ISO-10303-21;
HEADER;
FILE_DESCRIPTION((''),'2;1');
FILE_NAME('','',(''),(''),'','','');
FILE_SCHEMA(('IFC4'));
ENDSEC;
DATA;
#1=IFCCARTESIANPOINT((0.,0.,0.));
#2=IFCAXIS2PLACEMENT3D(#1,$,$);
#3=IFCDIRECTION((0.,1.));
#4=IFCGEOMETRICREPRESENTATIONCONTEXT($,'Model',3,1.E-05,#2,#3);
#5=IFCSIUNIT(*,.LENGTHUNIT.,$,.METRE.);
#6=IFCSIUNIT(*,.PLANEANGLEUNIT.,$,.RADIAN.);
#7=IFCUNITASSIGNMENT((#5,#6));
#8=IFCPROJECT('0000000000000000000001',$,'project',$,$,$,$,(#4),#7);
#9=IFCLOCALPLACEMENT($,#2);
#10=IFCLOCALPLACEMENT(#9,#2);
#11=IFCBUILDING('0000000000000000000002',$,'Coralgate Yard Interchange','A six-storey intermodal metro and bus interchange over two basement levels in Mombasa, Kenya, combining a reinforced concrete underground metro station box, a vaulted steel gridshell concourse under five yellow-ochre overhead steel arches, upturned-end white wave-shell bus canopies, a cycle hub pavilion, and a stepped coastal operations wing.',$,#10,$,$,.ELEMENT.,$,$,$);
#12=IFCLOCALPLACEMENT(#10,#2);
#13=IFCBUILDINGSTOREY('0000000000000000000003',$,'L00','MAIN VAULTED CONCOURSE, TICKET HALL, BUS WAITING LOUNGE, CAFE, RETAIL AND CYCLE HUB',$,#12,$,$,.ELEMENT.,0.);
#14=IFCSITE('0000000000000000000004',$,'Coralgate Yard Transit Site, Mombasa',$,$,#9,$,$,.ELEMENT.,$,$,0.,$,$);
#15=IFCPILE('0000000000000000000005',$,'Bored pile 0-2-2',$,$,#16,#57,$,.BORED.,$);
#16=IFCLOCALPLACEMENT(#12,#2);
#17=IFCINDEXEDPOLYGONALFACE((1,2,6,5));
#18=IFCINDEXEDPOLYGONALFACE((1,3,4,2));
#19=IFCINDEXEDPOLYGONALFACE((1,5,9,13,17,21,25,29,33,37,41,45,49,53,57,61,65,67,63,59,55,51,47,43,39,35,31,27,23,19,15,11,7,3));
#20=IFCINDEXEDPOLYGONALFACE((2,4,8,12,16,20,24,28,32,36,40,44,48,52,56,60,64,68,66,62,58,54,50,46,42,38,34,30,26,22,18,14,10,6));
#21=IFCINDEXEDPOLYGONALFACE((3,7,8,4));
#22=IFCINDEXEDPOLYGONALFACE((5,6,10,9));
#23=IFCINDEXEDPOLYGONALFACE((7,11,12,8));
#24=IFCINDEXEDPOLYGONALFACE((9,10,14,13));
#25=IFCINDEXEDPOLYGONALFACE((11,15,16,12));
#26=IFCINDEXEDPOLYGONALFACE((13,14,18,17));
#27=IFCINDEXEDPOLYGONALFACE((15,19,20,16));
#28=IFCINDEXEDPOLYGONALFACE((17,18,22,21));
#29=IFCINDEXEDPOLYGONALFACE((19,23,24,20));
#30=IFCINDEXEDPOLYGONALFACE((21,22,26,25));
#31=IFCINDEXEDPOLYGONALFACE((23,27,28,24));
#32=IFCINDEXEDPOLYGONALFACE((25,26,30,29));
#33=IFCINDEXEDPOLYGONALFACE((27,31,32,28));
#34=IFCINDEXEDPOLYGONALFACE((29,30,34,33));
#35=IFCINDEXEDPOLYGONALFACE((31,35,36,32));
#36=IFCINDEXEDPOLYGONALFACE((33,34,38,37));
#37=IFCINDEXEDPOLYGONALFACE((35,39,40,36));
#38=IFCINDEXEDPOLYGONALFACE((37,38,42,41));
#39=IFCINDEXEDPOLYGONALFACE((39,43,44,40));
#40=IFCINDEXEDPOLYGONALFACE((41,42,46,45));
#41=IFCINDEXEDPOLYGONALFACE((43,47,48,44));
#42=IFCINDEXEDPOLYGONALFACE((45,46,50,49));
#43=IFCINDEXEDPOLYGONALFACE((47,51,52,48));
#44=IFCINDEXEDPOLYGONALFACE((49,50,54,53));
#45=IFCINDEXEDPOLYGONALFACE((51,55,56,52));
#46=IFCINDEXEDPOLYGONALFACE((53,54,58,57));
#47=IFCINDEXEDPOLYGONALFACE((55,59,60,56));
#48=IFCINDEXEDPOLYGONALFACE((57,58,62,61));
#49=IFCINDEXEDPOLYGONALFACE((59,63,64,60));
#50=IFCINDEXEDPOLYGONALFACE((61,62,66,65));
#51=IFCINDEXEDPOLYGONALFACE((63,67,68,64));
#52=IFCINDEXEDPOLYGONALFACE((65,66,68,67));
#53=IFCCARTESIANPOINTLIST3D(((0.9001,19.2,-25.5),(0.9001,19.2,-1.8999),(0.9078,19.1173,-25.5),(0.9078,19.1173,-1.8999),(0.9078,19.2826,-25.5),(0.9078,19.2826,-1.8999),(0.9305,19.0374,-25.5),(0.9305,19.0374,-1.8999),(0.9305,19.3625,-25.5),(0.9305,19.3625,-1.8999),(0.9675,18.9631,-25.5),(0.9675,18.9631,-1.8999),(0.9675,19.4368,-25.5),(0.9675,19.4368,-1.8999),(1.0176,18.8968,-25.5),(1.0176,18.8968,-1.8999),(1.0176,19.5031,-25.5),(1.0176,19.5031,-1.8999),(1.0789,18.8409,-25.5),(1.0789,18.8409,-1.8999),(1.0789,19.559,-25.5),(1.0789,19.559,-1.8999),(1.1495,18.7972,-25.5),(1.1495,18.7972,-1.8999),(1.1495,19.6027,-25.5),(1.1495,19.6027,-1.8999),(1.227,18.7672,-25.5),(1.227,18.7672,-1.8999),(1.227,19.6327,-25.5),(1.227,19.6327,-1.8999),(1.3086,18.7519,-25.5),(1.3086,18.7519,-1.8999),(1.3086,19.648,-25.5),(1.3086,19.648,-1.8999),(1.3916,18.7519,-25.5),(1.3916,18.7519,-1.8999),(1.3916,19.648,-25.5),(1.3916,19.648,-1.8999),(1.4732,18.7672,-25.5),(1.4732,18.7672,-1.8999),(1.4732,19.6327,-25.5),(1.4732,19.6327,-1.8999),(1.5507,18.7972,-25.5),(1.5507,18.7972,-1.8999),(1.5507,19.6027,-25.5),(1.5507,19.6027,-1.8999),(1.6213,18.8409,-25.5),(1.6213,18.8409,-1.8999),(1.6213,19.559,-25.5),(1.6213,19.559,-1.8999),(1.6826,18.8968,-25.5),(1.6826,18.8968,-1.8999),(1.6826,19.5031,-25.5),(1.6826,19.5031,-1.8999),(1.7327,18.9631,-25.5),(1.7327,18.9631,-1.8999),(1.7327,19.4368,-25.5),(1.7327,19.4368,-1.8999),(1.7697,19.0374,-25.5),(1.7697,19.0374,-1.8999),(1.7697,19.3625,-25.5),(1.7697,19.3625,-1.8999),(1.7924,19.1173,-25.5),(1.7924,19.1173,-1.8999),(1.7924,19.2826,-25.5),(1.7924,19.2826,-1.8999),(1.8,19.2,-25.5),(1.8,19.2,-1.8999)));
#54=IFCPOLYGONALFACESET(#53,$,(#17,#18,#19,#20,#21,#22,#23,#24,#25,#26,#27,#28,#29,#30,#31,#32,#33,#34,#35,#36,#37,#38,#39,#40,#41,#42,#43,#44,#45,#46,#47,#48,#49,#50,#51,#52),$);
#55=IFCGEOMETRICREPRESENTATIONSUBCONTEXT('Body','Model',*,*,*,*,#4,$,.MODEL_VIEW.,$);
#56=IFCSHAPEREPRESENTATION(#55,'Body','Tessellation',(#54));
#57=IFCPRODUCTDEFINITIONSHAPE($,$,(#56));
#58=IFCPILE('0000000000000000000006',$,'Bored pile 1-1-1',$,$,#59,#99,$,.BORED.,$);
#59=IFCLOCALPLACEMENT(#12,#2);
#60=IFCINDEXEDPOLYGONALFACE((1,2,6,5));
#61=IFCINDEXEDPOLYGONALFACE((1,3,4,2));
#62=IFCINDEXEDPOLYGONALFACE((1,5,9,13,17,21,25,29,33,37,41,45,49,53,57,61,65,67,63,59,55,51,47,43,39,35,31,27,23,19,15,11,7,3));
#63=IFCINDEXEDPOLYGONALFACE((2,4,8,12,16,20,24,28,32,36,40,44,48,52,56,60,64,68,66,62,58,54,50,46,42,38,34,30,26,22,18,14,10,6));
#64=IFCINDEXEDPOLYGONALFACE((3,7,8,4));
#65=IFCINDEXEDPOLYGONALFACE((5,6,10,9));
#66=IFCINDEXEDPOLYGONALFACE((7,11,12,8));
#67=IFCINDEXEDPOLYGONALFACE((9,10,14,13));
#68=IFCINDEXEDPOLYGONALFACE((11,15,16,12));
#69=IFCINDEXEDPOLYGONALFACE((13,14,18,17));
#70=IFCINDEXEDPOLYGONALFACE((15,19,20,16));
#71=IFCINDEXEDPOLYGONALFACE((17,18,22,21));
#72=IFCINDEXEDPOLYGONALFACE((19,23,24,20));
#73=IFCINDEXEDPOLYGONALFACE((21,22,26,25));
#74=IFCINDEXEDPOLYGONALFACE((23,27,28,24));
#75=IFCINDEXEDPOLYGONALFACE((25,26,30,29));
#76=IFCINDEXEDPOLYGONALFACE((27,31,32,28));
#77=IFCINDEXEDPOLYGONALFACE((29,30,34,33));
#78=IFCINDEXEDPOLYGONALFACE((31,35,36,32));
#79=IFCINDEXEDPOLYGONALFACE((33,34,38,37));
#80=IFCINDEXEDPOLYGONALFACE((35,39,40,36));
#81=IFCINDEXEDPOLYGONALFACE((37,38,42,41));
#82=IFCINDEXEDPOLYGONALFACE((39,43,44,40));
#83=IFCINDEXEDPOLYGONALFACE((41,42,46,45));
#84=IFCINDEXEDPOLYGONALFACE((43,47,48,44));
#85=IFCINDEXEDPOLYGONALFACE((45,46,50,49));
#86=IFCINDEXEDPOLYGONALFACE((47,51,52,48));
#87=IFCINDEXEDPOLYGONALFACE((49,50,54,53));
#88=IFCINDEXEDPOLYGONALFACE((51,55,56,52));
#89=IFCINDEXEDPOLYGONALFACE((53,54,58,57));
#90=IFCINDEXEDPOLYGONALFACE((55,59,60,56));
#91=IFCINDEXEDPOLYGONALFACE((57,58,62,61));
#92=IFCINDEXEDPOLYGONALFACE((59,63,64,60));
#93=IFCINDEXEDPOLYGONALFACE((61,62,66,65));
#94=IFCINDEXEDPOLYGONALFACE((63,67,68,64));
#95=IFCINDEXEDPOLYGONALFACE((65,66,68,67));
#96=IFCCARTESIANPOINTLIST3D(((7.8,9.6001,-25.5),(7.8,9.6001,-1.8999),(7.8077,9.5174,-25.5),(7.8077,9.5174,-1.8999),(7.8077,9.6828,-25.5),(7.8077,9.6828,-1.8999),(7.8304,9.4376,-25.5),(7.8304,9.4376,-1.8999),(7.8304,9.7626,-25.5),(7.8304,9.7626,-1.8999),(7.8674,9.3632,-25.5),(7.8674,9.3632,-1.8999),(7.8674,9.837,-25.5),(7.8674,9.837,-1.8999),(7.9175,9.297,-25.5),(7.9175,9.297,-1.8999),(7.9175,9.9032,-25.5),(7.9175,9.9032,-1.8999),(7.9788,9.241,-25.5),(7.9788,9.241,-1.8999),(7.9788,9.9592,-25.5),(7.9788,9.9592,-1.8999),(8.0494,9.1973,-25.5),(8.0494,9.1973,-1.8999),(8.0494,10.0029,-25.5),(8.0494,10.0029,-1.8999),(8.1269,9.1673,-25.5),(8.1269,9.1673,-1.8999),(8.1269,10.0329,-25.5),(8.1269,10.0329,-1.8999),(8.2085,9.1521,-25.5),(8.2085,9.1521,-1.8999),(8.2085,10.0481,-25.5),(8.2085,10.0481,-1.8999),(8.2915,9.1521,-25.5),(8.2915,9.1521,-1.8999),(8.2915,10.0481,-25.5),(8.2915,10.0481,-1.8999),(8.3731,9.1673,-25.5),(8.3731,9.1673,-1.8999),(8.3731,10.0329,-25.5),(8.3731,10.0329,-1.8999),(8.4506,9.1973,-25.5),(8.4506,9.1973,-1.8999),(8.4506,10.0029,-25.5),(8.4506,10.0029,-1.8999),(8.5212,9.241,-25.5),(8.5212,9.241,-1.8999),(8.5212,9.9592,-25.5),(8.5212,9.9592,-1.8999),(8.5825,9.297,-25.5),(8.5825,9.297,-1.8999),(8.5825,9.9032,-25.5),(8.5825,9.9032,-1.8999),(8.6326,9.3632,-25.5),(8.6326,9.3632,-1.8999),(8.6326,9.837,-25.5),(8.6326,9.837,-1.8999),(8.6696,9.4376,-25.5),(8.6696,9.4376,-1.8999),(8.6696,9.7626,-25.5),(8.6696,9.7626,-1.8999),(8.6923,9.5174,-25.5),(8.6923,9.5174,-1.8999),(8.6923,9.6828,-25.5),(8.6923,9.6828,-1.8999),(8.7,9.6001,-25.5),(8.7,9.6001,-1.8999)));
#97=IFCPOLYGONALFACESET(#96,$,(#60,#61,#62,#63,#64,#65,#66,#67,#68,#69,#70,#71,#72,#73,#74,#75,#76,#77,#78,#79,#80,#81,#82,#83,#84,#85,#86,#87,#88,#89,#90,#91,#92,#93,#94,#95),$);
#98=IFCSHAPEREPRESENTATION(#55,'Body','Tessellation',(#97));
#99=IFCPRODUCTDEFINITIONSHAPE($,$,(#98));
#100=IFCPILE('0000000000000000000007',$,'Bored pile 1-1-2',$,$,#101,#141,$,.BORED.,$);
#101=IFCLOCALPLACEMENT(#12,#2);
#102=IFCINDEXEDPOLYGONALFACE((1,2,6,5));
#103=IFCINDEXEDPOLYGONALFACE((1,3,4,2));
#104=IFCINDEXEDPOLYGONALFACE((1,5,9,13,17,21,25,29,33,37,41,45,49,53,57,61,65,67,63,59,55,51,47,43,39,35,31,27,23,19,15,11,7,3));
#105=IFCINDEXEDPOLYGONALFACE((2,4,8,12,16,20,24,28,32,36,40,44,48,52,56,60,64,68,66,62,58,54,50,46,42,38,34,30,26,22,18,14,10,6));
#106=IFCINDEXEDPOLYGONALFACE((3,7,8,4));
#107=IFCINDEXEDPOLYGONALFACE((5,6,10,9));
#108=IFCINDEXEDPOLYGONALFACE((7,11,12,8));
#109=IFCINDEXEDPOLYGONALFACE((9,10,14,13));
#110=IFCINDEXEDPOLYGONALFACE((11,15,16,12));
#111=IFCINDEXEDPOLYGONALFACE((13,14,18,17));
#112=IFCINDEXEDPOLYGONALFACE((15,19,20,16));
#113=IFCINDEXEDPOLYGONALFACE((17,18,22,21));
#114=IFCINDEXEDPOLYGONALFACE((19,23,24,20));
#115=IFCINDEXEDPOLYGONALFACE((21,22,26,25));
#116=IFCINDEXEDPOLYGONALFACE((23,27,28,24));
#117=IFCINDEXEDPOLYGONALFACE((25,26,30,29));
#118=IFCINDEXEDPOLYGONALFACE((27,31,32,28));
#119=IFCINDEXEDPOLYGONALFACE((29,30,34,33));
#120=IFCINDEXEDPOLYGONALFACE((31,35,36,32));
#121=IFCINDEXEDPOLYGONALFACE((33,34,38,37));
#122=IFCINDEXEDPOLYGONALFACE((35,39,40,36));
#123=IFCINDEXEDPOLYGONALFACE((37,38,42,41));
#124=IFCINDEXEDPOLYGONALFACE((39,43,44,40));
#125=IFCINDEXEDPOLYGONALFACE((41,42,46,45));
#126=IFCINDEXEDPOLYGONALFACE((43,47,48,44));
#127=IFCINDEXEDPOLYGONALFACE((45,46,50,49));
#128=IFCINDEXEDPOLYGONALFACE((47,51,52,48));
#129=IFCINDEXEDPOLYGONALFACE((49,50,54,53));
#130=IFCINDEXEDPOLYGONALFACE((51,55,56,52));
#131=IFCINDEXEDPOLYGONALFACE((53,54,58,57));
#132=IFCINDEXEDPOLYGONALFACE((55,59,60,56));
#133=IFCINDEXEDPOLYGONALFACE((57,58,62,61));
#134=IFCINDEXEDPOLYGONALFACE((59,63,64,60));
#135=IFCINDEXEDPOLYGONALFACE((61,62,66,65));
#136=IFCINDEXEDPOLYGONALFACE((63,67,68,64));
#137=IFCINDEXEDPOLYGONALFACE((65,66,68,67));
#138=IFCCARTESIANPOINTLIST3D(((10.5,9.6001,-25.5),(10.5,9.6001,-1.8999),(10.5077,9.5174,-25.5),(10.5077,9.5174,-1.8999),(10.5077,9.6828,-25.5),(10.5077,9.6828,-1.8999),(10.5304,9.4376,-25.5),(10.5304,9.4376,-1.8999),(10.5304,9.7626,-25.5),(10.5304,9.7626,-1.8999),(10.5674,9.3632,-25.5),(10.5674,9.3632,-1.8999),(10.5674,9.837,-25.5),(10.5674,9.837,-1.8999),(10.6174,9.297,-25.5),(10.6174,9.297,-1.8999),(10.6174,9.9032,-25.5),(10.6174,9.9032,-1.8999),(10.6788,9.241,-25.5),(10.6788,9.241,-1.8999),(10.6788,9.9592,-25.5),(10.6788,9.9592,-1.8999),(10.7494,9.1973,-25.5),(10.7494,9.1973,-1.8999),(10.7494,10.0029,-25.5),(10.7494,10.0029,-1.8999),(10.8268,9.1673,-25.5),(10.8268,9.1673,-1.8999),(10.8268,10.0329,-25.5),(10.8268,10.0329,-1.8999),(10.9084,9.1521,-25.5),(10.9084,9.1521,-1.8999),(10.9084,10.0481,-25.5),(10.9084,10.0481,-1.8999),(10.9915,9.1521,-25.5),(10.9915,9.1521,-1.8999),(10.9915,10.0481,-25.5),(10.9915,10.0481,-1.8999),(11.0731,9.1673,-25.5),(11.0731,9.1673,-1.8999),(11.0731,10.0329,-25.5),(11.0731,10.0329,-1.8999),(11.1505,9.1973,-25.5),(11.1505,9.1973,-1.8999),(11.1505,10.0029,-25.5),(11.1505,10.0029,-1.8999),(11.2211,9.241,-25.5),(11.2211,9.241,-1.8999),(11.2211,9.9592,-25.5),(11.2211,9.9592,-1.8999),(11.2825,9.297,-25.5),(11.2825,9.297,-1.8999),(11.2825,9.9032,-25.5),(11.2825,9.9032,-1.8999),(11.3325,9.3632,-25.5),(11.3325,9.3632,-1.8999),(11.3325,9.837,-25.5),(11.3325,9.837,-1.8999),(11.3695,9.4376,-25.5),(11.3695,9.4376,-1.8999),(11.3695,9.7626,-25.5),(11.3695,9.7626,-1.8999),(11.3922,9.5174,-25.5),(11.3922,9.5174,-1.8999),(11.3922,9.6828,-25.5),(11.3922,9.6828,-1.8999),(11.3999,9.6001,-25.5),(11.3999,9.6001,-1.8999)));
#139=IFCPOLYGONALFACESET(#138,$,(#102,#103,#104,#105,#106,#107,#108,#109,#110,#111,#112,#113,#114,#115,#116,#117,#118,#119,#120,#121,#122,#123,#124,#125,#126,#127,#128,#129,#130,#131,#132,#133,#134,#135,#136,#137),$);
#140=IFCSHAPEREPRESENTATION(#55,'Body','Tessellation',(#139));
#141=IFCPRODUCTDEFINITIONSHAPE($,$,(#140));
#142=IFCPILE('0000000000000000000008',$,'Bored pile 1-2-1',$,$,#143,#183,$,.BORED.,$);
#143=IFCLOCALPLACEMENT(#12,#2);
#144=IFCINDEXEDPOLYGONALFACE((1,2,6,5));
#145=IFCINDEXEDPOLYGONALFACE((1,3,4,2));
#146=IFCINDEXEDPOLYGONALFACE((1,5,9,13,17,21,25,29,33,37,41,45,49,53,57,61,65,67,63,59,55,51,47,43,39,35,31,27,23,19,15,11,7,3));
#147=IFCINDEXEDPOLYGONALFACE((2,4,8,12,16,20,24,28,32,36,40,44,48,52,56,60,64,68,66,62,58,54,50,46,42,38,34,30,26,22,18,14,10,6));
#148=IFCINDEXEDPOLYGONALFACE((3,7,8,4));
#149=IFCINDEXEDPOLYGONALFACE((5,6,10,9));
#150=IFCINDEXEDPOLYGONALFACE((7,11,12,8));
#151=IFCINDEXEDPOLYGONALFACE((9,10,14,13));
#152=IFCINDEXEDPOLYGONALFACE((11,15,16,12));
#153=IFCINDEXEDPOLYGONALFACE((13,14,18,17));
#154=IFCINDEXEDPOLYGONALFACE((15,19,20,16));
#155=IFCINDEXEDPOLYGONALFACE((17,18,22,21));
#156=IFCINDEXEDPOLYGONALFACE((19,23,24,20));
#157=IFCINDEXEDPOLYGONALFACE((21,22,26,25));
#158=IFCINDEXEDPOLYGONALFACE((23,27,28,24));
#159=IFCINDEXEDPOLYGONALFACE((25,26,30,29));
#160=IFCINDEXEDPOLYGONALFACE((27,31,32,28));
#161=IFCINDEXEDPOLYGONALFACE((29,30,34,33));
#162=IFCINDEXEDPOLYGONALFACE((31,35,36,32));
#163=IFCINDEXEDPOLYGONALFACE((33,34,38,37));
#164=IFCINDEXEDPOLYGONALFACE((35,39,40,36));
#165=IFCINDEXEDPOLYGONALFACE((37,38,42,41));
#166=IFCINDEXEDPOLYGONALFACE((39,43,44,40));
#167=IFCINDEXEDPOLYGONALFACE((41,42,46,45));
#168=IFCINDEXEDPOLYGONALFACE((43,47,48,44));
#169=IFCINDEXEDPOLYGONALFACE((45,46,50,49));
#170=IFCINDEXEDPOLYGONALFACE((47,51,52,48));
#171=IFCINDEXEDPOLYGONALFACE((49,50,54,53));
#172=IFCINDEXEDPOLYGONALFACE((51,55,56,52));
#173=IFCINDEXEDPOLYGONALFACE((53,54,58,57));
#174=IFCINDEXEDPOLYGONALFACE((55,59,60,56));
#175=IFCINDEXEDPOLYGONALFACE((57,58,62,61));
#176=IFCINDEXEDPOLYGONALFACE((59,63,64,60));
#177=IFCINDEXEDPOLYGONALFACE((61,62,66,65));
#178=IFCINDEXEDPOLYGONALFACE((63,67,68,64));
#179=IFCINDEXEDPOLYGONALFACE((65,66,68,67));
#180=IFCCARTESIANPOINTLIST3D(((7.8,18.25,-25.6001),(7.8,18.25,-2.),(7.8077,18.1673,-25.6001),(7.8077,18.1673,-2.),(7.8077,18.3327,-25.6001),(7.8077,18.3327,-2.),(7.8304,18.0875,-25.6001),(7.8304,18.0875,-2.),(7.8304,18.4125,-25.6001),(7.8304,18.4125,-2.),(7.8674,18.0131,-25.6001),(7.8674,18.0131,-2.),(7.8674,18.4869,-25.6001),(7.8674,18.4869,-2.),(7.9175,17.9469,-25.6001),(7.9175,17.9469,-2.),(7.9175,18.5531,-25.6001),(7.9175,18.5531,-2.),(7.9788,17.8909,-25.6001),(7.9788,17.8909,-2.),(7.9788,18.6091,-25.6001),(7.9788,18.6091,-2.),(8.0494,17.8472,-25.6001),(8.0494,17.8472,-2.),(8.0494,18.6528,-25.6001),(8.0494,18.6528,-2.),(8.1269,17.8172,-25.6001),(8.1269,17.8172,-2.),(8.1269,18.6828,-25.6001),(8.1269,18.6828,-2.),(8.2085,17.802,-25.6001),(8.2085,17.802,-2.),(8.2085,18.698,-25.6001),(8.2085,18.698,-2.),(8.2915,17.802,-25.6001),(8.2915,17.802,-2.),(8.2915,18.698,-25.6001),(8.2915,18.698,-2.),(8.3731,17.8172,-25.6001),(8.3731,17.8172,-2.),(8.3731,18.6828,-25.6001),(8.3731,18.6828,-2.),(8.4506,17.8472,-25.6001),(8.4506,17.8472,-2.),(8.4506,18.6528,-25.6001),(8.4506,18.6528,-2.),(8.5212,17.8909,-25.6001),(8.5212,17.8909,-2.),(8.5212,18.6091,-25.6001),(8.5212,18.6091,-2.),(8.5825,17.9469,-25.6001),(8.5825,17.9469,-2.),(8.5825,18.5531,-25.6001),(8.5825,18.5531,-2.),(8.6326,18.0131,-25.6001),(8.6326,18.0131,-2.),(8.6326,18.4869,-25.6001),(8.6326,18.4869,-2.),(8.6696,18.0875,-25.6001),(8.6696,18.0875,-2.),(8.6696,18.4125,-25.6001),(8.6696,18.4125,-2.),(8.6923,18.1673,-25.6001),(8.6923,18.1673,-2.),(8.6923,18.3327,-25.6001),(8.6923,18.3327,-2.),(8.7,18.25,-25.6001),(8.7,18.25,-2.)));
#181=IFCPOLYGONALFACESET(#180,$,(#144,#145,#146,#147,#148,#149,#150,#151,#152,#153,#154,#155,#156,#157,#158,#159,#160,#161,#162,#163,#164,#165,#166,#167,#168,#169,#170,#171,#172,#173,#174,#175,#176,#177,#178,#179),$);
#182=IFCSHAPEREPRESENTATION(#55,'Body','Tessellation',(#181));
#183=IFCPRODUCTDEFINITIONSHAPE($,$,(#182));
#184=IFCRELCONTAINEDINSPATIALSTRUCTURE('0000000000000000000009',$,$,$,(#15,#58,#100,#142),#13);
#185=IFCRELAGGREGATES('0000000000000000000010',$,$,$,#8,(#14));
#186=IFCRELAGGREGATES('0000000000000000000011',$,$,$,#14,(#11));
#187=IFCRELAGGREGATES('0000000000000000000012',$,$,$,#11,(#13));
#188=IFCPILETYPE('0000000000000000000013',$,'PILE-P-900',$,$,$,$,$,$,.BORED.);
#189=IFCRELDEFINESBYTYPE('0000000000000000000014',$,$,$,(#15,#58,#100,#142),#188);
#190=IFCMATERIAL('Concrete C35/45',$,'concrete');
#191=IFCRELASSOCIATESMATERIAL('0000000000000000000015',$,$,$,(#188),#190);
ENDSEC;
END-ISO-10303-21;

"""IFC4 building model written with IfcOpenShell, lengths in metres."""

from ifc_helpers import new_model, si_unit, direction, frame, origin, origin_2d, place, context, subcontext, project, spatial, circle, extrude, material, material_profile, profile_set, type_object, element, save


model = new_model("IFC4")

# Units and contexts
model_context = context("Model", 3, precision=1e-05, world=origin(), true_north=direction((0.0, 1.0)))
body_context = subcontext(model_context, "Body", "Model", "MODEL_VIEW")
ifc_project = project(units=[si_unit("LENGTHUNIT", "METRE"), si_unit("PLANEANGLEUNIT", "RADIAN")], contexts=[model_context])

# Site, building, storey
site_placement = place(None, origin())
site = spatial("IfcSite", under=ifc_project, at=site_placement, Name="Coralgate Yard Transit Site, Mombasa", CompositionType="ELEMENT", RefElevation=0.0)
building_placement = place(site_placement, origin())
building = spatial("IfcBuilding", under=site, at=building_placement, Name="Coralgate Yard Interchange", Description="A six-storey intermodal metro and bus interchange over two basement levels in Mombasa, Kenya, combining a reinforced concrete underground metro station box, a vaulted steel gridshell concourse under five yellow-ochre overhead steel arches, upturned-end white wave-shell bus canopies, a cycle hub pavilion, and a stepped coastal operations wing.", CompositionType="ELEMENT")
storey_placement = place(building_placement, origin())
storey = spatial("IfcBuildingStorey", under=building, at=storey_placement, Name="L00", Description="MAIN VAULTED CONCOURSE, TICKET HALL, BUS WAITING LOUNGE, CAFE, RETAIL AND CYCLE HUB", CompositionType="ELEMENT", Elevation=0.0)

# Piles
ifc_material_1 = material(Name="Concrete C35/45", Category="concrete")
ifc_material_profile_1 = material_profile(ifc_material_1, circle(Radius=0.45, at=origin_2d()), Name="BORED PILE D900")
ifc_profile_set_1 = profile_set([ifc_material_profile_1], Name="Concrete C35/45")
pile_type = type_object("IfcPileType", Name="PILE-P-900", PredefinedType="BORED", material=ifc_profile_set_1)
for number, where, z_axis, x_axis, name in (
    (1, (1.3501, 19.2, -1.8999), (0.0, 0.0, -1.0), (1.0, 0.0, 0.0), "Bored pile 0-2-2"),
    (2, (8.25, 9.6001, -1.8999), (0.0, 0.0, -1.0), (1.0, 0.0, 0.0), "Bored pile 1-1-1"),
    (3, (10.95, 9.6001, -1.8999), (0.0, 0.0, -1.0), (1.0, 0.0, 0.0), "Bored pile 1-1-2"),
    (4, (8.25, 18.25, -2.0), (0.0, 0.0, -1.0), (1.0, 0.0, 0.0), "Bored pile 1-2-1"),
):
    element("IfcPile", number, at=place(storey_placement, frame(where, z_axis=z_axis, x_axis=x_axis)), inside=storey, type_object=pile_type, Name=name, PredefinedType="BORED", context=body_context, shape_type="SweptSolid", body=[
        extrude(circle(Radius=0.45, at=origin_2d()), origin(), (0.0, 0.0, 1.0), 23.6001),
    ])

save(model, "model.ifc")
